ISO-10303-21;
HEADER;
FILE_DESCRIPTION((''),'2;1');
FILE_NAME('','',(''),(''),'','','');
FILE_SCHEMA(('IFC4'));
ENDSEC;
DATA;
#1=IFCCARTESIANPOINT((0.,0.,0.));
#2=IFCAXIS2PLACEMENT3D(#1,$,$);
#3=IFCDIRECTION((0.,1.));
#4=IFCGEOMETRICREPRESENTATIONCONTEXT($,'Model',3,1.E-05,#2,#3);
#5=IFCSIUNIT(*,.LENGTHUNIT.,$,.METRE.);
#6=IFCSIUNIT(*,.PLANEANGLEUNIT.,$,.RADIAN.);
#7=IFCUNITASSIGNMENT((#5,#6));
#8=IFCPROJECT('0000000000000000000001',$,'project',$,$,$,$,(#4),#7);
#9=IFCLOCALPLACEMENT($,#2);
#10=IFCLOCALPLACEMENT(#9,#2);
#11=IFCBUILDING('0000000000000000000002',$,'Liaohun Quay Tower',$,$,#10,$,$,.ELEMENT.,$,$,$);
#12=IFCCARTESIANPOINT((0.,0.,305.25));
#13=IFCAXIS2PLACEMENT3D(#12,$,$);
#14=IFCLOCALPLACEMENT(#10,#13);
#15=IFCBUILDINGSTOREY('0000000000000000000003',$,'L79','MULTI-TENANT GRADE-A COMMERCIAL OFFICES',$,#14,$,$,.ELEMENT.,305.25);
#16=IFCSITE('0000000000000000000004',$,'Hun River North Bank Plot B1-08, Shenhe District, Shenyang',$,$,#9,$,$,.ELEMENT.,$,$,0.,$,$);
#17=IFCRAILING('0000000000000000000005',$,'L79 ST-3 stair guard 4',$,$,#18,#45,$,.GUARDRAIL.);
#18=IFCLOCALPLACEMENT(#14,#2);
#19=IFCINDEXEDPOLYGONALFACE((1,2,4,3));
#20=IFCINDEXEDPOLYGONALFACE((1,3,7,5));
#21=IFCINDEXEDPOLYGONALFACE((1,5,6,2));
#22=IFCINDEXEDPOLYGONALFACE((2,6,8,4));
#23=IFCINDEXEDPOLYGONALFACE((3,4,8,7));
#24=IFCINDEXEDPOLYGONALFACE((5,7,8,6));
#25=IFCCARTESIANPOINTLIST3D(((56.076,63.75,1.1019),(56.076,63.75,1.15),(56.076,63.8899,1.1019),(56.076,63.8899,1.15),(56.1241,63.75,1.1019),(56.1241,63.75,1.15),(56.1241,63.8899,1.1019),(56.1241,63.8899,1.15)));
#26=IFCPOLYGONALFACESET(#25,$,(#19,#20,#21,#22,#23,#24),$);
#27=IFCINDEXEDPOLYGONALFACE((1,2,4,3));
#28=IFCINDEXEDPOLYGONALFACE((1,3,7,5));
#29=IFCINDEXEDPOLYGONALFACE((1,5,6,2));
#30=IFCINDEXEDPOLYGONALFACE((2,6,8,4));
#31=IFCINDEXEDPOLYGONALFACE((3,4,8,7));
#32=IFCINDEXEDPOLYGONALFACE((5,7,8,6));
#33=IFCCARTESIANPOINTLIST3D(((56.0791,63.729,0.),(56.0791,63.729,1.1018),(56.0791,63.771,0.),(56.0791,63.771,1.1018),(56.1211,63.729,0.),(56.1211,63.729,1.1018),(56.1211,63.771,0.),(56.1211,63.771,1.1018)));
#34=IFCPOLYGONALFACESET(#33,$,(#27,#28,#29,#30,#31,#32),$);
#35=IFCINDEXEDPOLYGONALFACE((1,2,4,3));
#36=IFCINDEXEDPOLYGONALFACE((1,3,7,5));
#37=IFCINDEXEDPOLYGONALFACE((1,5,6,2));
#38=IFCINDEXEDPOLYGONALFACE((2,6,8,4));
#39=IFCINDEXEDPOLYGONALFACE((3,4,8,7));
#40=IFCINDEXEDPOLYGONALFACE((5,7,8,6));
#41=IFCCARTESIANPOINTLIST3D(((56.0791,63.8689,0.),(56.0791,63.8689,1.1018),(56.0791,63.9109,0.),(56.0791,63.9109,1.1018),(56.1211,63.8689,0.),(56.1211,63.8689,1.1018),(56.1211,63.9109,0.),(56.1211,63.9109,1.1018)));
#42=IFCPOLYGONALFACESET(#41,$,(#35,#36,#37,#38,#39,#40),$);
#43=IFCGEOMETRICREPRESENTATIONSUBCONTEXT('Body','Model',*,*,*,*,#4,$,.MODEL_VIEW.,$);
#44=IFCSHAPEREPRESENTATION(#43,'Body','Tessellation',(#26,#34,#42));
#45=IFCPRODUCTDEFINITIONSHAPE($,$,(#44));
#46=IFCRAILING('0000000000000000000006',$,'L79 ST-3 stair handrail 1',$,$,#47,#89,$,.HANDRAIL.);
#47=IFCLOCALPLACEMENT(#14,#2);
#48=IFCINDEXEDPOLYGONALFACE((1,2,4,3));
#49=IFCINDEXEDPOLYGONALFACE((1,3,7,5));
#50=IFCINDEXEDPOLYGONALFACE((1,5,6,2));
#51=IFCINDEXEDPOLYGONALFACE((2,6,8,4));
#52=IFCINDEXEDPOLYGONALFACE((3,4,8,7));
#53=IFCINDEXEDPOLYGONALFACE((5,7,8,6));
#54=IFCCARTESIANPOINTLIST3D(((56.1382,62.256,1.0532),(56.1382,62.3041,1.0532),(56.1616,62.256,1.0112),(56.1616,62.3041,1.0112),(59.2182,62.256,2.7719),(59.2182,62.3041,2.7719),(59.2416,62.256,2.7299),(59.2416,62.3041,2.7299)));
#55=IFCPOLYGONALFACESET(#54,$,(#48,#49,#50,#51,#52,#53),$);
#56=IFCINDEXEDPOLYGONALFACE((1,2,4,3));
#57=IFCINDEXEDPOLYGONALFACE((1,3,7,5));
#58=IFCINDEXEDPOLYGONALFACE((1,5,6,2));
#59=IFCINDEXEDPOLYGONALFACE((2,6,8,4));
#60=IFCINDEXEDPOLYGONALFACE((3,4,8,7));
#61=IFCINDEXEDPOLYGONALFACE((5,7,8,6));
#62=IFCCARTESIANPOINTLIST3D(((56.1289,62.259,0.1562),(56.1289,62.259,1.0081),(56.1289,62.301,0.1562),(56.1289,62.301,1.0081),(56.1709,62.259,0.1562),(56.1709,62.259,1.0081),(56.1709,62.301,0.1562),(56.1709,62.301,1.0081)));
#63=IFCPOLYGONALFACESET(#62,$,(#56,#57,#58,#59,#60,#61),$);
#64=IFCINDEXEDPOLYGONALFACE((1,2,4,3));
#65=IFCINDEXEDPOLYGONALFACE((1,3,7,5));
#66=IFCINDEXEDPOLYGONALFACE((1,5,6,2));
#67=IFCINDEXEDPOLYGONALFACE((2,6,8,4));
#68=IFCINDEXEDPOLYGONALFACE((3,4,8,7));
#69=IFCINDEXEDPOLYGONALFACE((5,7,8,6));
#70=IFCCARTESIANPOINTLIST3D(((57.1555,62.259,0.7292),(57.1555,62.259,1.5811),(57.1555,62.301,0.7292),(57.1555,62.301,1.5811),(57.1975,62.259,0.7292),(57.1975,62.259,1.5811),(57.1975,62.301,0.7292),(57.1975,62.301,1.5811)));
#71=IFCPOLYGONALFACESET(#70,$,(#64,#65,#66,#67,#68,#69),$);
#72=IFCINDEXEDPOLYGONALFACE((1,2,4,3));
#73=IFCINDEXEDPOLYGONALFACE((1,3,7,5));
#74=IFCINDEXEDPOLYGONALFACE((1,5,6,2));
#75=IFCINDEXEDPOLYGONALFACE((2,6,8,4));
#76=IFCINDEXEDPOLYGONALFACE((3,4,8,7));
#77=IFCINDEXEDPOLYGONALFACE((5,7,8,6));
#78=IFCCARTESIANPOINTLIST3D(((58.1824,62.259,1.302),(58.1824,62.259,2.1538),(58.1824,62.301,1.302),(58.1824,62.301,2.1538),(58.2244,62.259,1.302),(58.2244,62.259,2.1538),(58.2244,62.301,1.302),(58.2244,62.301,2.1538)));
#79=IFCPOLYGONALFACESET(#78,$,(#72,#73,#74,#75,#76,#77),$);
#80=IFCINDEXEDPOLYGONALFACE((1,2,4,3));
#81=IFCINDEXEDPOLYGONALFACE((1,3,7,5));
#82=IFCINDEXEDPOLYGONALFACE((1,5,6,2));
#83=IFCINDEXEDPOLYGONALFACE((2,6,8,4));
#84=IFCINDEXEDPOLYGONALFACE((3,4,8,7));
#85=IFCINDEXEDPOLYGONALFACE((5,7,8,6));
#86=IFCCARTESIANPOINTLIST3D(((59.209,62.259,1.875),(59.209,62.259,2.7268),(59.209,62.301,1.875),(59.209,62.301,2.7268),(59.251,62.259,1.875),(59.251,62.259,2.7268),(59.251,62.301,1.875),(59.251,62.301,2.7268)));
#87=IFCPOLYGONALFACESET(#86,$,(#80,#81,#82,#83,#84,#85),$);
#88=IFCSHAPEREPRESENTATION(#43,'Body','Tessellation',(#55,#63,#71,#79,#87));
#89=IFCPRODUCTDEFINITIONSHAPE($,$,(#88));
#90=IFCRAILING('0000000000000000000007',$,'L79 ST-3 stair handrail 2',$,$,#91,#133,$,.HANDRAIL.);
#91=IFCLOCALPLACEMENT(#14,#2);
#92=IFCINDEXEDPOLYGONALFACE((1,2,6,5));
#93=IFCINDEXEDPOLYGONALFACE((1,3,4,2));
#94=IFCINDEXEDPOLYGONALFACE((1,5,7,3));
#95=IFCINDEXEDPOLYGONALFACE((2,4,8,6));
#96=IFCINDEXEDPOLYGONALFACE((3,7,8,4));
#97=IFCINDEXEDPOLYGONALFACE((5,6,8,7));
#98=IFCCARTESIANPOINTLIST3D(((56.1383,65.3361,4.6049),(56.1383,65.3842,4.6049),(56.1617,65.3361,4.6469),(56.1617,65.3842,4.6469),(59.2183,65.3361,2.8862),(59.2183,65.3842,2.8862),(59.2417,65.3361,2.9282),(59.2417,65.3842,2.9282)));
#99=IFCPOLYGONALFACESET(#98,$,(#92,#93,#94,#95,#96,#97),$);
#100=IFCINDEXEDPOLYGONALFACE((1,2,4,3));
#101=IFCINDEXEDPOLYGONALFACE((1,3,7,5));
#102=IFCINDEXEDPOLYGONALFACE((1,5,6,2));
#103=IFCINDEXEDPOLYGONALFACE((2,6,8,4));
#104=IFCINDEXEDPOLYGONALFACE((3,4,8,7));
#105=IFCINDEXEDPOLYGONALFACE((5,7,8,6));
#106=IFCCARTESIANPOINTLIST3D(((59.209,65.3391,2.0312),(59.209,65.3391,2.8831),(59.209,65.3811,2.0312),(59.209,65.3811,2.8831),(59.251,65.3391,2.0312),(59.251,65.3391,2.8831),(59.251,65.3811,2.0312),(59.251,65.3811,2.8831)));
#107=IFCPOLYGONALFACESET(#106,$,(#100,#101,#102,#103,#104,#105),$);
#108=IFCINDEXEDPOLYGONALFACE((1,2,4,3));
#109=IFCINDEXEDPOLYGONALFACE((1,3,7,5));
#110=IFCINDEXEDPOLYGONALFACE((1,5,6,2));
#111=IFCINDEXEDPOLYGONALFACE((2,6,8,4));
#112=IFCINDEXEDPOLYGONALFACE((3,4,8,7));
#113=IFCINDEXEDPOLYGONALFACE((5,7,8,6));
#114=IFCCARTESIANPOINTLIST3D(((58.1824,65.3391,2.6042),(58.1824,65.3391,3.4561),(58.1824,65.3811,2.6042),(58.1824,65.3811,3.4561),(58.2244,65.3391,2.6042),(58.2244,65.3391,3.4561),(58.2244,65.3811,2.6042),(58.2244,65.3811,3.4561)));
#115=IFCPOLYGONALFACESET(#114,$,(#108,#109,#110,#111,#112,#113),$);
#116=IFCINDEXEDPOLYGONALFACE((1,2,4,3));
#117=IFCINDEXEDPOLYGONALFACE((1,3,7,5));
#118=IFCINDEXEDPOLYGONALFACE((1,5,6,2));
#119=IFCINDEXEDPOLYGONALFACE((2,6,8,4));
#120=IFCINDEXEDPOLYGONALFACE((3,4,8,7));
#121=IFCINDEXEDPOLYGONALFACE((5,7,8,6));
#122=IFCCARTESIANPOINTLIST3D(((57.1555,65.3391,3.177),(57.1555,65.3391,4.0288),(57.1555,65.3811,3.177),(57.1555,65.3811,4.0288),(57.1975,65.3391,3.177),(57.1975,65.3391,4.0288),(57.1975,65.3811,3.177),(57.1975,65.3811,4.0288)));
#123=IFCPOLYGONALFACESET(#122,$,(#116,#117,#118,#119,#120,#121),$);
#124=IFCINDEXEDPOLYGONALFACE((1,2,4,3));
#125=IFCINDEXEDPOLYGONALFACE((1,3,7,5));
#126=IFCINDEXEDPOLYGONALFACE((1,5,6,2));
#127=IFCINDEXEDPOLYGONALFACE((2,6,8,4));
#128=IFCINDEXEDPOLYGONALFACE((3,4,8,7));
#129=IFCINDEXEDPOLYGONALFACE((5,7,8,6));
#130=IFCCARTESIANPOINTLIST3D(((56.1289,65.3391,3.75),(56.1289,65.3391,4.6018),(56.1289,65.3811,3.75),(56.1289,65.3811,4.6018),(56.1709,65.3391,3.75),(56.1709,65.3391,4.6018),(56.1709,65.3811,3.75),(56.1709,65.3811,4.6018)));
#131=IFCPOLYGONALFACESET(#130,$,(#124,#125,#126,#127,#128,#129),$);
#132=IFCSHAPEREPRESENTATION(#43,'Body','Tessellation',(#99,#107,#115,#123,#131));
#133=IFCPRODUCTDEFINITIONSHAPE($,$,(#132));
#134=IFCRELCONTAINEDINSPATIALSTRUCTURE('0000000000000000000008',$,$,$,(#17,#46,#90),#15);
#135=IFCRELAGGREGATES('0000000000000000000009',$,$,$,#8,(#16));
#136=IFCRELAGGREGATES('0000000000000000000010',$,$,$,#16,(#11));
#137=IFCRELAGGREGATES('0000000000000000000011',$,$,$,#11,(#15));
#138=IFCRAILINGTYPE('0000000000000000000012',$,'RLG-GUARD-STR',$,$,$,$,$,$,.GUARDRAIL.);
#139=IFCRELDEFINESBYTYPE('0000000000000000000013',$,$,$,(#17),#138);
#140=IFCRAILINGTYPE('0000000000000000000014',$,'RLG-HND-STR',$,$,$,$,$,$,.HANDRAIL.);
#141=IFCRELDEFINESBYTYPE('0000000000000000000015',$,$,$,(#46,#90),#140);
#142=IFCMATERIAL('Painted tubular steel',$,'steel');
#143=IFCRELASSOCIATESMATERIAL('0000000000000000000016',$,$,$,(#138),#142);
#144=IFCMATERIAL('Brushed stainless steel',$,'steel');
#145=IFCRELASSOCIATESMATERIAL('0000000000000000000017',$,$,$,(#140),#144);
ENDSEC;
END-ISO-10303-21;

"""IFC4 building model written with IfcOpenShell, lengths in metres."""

from ifc_helpers import new_model, si_unit, direction, frame, origin, origin_2d, place, context, subcontext, project, spatial, rectangle, extrude, material, type_object, element, save


model = new_model("IFC4")

# Units and contexts
model_context = context("Model", 3, precision=1e-05, world=origin(), true_north=direction((0.0, 1.0)))
body_context = subcontext(model_context, "Body", "Model", "MODEL_VIEW")
ifc_project = project(units=[si_unit("LENGTHUNIT", "METRE"), si_unit("PLANEANGLEUNIT", "RADIAN")], contexts=[model_context])

# Site, building, storey
site_placement = place(None, origin())
site = spatial("IfcSite", under=ifc_project, at=site_placement, Name="Hun River North Bank Plot B1-08, Shenhe District, Shenyang", CompositionType="ELEMENT", RefElevation=0.0)
building_placement = place(site_placement, origin())
building = spatial("IfcBuilding", under=site, at=building_placement, Name="Liaohun Quay Tower", CompositionType="ELEMENT")
storey_placement = place(building_placement, frame((0.0, 0.0, 305.25)))
storey = spatial("IfcBuildingStorey", under=building, at=storey_placement, Name="L79", Description="MULTI-TENANT GRADE-A COMMERCIAL OFFICES", CompositionType="ELEMENT", Elevation=305.25)

# Railings
ifc_material_1 = material(Name="Painted tubular steel", Category="steel")
railing_type_1 = type_object("IfcRailingType", Name="RLG-GUARD-STR", PredefinedType="GUARDRAIL", material=ifc_material_1)
railing_1_placement = place(storey_placement, frame((56.1001, 63.75, 0.0)))
element("IfcRailing", 1, at=railing_1_placement, inside=storey, type_object=railing_type_1, Name="L79 ST-3 stair guard 4", PredefinedType="GUARDRAIL", context=body_context, shape_type="SweptSolid", body=[
    extrude(rectangle(XDim=0.0481, YDim=0.0481, at=origin_2d()), frame((0.0, 0.0, 1.126), z_axis=(0.0, 1.0, 0.0), x_axis=(-1.0, 0.0, 0.0)), (0.0, 0.0, 1.0), 0.1399),
    extrude(rectangle(XDim=0.042, YDim=0.042, at=origin_2d()), origin(), (0.0, 0.0, 1.0), 1.1018),
    extrude(rectangle(XDim=0.042, YDim=0.042, at=origin_2d()), frame((0.0, 0.1399, 0.0)), (0.0, 0.0, 1.0), 1.1018),
])
ifc_material_2 = material(Name="Brushed stainless steel", Category="steel")
railing_type_2 = type_object("IfcRailingType", Name="RLG-HND-STR", PredefinedType="HANDRAIL", material=ifc_material_2)
railing_2_placement = place(storey_placement, frame((56.1499, 62.28, 0.1562)))
element("IfcRailing", 2, at=railing_2_placement, inside=storey, type_object=railing_type_2, Name="L79 ST-3 stair handrail 1", PredefinedType="HANDRAIL", context=body_context, shape_type="SweptSolid", body=[
    extrude(rectangle(XDim=0.0481, YDim=0.0481, at=origin_2d()), frame((0.0, 0.0, 0.876), z_axis=(0.873242, 0.0, 0.487288), x_axis=(0.0, 1.0, 0.0)), (0.0, 0.0, 1.0), 3.5271),
    extrude(rectangle(XDim=0.042, YDim=0.042, at=origin_2d()), origin(), (0.0, 0.0, 1.0), 0.8518),
    extrude(rectangle(XDim=0.042, YDim=0.042, at=origin_2d()), frame((1.0266, 0.0, 0.573)), (0.0, 0.0, 1.0), 0.8518),
    extrude(rectangle(XDim=0.042, YDim=0.042, at=origin_2d()), frame((2.0535, 0.0, 1.1458)), (0.0, 0.0, 1.0), 0.8518),
    extrude(rectangle(XDim=0.042, YDim=0.042, at=origin_2d()), frame((3.0801, 0.0, 1.7188)), (0.0, 0.0, 1.0), 0.8518),
])
railing_3_placement = place(storey_placement, frame((59.23, 65.3601, 2.0312)))
element("IfcRailing", 3, at=railing_3_placement, inside=storey, type_object=railing_type_2, Name="L79 ST-3 stair handrail 2", PredefinedType="HANDRAIL", context=body_context, shape_type="SweptSolid", body=[
    extrude(rectangle(XDim=0.0481, YDim=0.0481, at=origin_2d()), frame((0.0, 0.0, 0.876), z_axis=(-0.873242, 0.0, 0.487288), x_axis=(0.0, -1.0, 0.0)), (0.0, 0.0, 1.0), 3.5271),
    extrude(rectangle(XDim=0.042, YDim=0.042, at=origin_2d()), origin(), (0.0, 0.0, 1.0), 0.8518),
    extrude(rectangle(XDim=0.042, YDim=0.042, at=origin_2d()), frame((-1.0266, 0.0, 0.573)), (0.0, 0.0, 1.0), 0.8518),
    extrude(rectangle(XDim=0.042, YDim=0.042, at=origin_2d()), frame((-2.0535, 0.0, 1.1458)), (0.0, 0.0, 1.0), 0.8518),
    extrude(rectangle(XDim=0.042, YDim=0.042, at=origin_2d()), frame((-3.0801, 0.0, 1.7188)), (0.0, 0.0, 1.0), 0.8518),
])

save(model, "model.ifc")
